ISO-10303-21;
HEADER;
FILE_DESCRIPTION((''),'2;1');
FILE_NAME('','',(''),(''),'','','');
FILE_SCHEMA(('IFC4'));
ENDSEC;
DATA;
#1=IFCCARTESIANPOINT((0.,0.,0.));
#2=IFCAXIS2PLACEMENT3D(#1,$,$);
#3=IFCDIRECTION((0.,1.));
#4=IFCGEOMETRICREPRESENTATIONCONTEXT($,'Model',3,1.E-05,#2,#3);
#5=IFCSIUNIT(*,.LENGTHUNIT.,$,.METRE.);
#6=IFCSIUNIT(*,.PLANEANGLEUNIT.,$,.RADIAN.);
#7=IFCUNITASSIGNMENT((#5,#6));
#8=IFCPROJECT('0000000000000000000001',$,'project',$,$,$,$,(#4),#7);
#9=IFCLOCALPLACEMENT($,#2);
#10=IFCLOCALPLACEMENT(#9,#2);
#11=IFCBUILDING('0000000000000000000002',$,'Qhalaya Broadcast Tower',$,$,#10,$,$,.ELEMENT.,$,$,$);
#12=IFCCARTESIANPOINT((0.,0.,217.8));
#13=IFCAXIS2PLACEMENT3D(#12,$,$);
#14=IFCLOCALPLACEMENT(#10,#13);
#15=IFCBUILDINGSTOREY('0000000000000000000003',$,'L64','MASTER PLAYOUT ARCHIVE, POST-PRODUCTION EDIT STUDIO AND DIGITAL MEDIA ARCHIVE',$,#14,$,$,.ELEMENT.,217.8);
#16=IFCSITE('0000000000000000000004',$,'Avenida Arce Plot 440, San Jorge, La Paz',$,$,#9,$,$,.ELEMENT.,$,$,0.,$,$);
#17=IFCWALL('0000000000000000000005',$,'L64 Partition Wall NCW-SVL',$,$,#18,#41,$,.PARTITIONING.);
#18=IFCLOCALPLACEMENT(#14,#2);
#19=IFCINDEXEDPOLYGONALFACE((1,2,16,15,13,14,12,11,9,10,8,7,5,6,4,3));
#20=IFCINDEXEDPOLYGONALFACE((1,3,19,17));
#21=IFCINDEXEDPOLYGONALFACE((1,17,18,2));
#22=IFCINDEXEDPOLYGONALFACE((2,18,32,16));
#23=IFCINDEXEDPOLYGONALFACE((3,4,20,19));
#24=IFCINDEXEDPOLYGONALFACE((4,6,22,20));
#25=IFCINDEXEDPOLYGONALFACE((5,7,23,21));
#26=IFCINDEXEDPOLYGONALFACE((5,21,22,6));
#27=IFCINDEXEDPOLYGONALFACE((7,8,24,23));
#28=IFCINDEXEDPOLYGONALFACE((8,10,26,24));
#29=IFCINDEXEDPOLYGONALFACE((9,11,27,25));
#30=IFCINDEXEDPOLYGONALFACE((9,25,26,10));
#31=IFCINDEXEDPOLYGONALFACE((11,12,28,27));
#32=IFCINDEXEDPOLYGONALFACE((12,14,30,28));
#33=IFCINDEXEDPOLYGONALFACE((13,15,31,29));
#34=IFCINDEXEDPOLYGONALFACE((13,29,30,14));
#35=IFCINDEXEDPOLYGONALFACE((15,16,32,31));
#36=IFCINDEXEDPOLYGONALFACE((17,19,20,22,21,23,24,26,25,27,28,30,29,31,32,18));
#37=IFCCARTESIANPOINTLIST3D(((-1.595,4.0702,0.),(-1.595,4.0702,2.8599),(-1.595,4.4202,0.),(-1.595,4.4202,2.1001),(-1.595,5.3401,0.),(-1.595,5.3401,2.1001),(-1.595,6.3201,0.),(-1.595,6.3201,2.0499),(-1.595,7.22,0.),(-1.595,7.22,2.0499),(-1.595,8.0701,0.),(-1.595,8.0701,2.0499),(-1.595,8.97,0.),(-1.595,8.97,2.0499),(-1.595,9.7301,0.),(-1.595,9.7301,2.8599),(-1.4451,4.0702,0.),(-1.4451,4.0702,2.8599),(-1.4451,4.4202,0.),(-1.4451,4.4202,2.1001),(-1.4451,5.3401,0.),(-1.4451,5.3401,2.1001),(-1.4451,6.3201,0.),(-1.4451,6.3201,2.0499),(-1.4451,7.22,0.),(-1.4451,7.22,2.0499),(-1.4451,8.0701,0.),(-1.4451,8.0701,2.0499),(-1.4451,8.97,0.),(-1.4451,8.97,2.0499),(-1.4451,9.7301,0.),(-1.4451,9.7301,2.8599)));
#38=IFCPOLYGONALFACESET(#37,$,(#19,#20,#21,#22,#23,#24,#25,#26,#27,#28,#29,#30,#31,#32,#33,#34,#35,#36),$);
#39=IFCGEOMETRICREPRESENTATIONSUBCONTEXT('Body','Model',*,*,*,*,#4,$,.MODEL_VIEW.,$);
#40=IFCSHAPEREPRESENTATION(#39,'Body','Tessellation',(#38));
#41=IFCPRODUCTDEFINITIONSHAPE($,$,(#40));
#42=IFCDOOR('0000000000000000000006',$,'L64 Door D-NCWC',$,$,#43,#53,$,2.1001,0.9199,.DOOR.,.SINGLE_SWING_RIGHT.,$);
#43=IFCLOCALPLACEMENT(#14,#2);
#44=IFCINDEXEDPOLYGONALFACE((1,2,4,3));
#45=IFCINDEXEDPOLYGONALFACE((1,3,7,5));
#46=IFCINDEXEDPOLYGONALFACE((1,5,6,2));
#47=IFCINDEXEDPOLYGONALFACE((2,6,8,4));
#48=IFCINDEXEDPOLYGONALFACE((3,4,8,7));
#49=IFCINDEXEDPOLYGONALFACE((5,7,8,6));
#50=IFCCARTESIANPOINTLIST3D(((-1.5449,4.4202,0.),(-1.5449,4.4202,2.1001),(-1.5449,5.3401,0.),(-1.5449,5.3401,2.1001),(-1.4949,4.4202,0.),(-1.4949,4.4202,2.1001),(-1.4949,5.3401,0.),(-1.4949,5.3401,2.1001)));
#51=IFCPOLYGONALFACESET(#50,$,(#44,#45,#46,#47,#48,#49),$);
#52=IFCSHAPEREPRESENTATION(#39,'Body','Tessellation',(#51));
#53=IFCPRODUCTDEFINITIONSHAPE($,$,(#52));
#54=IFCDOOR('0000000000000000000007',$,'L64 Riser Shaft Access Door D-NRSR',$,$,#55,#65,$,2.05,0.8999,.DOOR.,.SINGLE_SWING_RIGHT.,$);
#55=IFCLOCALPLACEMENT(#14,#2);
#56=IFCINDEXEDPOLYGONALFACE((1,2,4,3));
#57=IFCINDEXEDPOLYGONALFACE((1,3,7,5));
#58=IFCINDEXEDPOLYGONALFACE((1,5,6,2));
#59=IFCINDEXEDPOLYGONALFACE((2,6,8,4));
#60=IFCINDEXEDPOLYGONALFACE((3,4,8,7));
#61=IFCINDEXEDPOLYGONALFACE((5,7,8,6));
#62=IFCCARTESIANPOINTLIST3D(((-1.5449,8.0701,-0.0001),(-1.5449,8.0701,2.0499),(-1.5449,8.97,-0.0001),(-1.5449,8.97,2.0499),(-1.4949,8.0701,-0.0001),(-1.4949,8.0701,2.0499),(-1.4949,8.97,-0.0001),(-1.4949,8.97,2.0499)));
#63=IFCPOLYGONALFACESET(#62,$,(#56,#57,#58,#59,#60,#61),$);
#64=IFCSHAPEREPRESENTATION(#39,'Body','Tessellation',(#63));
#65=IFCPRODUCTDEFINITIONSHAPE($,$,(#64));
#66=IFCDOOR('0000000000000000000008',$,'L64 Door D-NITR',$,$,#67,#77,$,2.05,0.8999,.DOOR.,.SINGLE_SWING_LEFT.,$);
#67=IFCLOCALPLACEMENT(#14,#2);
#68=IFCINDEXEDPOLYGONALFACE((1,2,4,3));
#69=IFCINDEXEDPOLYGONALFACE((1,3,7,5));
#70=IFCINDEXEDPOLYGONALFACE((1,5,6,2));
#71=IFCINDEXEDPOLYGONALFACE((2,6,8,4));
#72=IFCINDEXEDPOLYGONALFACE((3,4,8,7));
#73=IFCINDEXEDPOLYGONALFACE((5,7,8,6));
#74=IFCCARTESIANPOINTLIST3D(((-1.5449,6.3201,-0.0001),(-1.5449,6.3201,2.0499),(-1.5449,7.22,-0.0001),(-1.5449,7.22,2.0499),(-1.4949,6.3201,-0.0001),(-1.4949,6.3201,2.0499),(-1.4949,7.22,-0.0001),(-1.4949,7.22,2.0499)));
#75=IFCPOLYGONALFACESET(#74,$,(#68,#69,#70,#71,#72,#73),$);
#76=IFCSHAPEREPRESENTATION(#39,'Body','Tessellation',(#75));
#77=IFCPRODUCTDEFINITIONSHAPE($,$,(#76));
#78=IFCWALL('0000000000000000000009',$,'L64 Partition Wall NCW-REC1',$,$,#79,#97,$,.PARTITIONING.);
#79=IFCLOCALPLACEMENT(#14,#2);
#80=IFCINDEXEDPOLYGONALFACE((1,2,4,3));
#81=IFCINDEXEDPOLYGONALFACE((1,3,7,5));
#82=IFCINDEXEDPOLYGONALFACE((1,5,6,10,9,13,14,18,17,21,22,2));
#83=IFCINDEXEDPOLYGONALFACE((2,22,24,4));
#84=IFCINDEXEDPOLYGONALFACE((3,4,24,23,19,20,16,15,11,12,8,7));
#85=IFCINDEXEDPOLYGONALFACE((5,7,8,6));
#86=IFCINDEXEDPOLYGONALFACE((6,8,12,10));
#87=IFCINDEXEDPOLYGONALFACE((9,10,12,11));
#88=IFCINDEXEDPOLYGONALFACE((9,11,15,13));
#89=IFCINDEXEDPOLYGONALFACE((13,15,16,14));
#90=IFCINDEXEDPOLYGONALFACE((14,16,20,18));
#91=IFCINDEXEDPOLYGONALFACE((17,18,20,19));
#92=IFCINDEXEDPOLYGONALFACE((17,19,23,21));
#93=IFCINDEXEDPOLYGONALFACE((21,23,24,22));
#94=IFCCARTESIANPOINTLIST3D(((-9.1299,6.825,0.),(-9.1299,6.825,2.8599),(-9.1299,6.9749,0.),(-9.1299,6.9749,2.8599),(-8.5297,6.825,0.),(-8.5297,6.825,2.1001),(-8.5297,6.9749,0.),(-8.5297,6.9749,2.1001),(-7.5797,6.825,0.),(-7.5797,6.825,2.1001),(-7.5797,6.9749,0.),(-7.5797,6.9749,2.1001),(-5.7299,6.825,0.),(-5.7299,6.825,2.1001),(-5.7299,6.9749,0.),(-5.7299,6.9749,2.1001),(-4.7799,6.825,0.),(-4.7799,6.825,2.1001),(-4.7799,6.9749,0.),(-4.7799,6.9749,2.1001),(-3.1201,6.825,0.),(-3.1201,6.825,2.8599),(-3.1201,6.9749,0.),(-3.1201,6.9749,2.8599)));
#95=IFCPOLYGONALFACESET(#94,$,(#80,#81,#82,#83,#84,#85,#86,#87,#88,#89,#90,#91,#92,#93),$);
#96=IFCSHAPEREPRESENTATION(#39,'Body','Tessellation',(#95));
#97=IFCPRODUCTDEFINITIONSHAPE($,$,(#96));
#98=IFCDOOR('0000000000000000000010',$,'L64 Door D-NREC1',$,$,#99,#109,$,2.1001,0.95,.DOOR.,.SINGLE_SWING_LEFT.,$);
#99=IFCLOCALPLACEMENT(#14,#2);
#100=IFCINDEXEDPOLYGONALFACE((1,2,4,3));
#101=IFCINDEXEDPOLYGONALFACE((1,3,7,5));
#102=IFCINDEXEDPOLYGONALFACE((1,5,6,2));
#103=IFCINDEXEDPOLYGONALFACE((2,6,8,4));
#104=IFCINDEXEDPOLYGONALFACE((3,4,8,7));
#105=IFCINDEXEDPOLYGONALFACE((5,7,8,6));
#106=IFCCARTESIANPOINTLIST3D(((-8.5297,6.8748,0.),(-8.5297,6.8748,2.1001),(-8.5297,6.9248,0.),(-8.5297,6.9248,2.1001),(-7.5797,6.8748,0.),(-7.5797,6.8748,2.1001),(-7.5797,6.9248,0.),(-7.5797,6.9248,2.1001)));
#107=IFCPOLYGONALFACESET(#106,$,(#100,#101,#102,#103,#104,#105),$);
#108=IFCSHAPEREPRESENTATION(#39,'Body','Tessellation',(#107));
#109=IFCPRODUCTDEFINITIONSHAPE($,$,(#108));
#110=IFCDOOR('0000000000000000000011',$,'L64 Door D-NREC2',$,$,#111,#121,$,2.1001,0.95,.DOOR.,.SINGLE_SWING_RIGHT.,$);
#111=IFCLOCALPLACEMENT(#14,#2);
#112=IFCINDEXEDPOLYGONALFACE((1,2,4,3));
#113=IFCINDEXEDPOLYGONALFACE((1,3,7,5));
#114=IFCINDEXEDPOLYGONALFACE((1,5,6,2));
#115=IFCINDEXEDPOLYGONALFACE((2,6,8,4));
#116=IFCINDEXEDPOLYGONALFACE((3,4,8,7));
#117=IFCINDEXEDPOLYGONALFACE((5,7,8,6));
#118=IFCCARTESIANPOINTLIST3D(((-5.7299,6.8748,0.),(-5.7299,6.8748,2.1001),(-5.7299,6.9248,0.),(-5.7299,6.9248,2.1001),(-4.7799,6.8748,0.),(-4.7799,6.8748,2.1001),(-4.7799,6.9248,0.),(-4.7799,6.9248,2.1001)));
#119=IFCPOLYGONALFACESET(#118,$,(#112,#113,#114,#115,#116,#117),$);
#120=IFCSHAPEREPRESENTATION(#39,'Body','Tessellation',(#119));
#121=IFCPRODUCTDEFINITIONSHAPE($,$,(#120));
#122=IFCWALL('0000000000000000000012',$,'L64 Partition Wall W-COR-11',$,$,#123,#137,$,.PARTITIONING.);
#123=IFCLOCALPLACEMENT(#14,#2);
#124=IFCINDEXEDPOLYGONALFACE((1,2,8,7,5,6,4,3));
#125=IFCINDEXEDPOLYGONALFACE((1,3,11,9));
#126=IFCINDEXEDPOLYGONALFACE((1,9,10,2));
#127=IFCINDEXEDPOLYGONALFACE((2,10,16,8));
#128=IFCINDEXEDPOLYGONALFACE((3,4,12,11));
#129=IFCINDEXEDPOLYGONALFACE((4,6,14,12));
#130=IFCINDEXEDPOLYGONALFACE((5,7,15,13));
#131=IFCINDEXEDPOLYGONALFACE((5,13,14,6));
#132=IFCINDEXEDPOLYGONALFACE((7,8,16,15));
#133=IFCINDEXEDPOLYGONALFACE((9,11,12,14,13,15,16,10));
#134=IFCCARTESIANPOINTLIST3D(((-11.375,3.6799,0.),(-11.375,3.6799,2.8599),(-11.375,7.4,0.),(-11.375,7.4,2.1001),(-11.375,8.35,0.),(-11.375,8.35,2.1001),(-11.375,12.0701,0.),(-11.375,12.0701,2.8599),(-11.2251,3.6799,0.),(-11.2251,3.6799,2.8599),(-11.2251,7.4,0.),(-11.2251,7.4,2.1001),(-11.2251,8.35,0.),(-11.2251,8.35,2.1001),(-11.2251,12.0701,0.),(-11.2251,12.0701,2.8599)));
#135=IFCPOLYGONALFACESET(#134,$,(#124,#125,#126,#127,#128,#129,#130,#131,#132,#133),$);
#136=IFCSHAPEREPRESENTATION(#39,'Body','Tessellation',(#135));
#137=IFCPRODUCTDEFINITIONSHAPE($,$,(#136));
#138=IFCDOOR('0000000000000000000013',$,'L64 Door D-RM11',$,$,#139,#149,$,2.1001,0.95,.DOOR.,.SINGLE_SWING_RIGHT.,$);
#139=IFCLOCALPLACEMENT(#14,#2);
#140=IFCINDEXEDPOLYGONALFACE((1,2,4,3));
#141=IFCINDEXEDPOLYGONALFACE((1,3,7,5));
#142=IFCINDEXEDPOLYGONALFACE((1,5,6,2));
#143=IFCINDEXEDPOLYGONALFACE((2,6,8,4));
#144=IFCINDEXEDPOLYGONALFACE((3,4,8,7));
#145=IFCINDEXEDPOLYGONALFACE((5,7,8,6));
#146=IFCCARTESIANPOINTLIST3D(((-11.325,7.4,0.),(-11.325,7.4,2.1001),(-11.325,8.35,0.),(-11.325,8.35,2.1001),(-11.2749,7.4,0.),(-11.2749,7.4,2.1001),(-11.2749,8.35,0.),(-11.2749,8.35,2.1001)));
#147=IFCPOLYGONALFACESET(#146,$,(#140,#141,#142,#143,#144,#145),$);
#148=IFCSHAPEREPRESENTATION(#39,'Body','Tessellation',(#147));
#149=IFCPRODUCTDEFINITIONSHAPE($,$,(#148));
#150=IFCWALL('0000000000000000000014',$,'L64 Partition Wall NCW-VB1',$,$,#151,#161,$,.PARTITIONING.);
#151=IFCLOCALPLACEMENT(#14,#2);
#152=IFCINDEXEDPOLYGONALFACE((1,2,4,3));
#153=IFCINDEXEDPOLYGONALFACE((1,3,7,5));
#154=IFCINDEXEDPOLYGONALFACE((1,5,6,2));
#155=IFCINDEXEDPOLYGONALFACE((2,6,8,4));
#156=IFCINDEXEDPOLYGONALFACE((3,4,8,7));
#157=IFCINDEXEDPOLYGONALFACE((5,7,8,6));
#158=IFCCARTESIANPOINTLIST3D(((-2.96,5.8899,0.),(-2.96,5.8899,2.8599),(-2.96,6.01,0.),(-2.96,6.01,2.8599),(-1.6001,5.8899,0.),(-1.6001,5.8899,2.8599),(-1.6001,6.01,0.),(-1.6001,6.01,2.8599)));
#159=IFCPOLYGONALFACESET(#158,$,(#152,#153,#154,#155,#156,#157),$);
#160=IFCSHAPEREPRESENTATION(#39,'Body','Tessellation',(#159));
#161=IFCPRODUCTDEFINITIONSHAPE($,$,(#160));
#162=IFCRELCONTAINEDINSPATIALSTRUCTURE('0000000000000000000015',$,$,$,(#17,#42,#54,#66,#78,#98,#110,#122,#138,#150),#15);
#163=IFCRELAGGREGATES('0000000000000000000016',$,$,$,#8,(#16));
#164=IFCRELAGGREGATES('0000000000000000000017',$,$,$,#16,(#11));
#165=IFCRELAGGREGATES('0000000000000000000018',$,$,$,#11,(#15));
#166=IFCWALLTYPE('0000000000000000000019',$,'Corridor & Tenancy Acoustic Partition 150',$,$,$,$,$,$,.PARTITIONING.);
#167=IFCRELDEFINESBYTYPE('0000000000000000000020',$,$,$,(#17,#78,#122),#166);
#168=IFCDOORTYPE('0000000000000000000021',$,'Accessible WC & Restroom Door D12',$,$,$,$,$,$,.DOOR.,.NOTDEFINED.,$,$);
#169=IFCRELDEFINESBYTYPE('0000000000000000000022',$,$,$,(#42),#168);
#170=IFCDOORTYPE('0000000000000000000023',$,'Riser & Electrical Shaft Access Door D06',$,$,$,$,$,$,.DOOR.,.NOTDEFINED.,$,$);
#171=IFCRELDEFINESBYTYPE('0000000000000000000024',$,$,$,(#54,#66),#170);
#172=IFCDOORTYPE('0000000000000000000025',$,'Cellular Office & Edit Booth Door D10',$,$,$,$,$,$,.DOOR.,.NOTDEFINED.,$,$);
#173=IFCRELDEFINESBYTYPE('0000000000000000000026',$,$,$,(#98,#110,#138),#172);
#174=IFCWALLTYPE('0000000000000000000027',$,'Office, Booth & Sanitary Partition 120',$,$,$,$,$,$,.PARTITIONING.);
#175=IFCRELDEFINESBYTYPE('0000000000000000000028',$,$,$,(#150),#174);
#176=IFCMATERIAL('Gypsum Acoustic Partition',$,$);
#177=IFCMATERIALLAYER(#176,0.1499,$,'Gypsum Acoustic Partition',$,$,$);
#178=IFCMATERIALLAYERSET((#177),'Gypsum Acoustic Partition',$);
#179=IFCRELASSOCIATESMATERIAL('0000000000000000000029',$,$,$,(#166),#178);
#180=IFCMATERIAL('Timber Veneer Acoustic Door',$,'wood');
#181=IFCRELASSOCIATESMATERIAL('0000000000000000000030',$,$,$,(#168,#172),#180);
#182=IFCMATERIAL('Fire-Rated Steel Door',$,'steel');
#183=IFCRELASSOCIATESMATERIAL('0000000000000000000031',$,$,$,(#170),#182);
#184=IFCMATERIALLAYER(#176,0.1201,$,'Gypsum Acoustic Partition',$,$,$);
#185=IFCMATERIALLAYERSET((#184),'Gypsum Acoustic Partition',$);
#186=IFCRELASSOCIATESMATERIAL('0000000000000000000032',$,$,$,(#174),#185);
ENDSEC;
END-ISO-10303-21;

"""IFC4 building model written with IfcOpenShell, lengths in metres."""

from ifc_helpers import new_model, si_unit, direction, frame, frame_2d, origin, place, context, subcontext, project, spatial, rectangle, extrude, material, layer, layer_set, type_object, element, fill, save


model = new_model("IFC4")

# Units and contexts
model_context = context("Model", 3, precision=1e-05, world=origin(), true_north=direction((0.0, 1.0)))
body_context = subcontext(model_context, "Body", "Model", "MODEL_VIEW")
ifc_project = project(units=[si_unit("LENGTHUNIT", "METRE"), si_unit("PLANEANGLEUNIT", "RADIAN")], contexts=[model_context])

# Site, building, storey
site_placement = place(None, origin())
site = spatial("IfcSite", under=ifc_project, at=site_placement, Name="Avenida Arce Plot 440, San Jorge, La Paz", CompositionType="ELEMENT", RefElevation=0.0)
building_placement = place(site_placement, origin())
building = spatial("IfcBuilding", under=site, at=building_placement, Name="Qhalaya Broadcast Tower", CompositionType="ELEMENT")
storey_placement = place(building_placement, frame((0.0, 0.0, 217.8)))
storey = spatial("IfcBuildingStorey", under=building, at=storey_placement, Name="L64", Description="MASTER PLAYOUT ARCHIVE, POST-PRODUCTION EDIT STUDIO AND DIGITAL MEDIA ARCHIVE", CompositionType="ELEMENT", Elevation=217.8)

# Walls, openings, doors
ifc_material_1 = material(Name="Gypsum Acoustic Partition")
ifc_layer_1 = layer(ifc_material_1, 0.1499, Name="Gypsum Acoustic Partition")
ifc_layer_set_1 = layer_set([ifc_layer_1], Name="Gypsum Acoustic Partition")
wall_type_1 = type_object("IfcWallType", Name="Corridor & Tenancy Acoustic Partition 150", PredefinedType="PARTITIONING", material=ifc_layer_set_1)
wall_1_placement = place(storey_placement, frame((-1.52, 4.0701, 0.0), z_axis=(0.0, 0.0, 1.0), x_axis=(0.0, 1.0, 0.0)))
wall_1 = element("IfcWall", 1, at=wall_1_placement, inside=storey, type_object=wall_type_1, Name="L64 Partition Wall NCW-SVL", PredefinedType="PARTITIONING", context=body_context, shape_type="SweptSolid", body=[
    extrude(rectangle(XDim=5.6599, YDim=0.1499, at=frame_2d((2.8301, 0.0))), origin(), (0.0, 0.0, 1.0), 2.8599),
])
opening_1_placement = place(wall_1_placement, frame((4.0, 0.0, 0.0)))
opening_1 = element("IfcOpeningElement", 2, at=opening_1_placement, cuts=wall_1, PredefinedType="OPENING", context=body_context, shape_type="SweptSolid", body=[
    extrude(rectangle(XDim=0.8999, YDim=2.05, at=frame_2d((0.45, 1.0249))), frame((0.0, 0.0869, 0.0), z_axis=(0.0, -1.0, 0.0), x_axis=(1.0, 0.0, 0.0)), (0.0, 0.0, 1.0), 0.1738),
])
opening_2_placement = place(wall_1_placement, frame((2.25, 0.0, 0.0)))
opening_2 = element("IfcOpeningElement", 3, at=opening_2_placement, cuts=wall_1, PredefinedType="OPENING", context=body_context, shape_type="SweptSolid", body=[
    extrude(rectangle(XDim=0.8999, YDim=2.05, at=frame_2d((0.45, 1.0249))), frame((0.0, 0.0869, 0.0), z_axis=(0.0, -1.0, 0.0), x_axis=(1.0, 0.0, 0.0)), (0.0, 0.0, 1.0), 0.1738),
])
opening_3_placement = place(wall_1_placement, frame((0.3501, 0.0, 0.0)))
opening_3 = element("IfcOpeningElement", 4, at=opening_3_placement, cuts=wall_1, PredefinedType="OPENING", context=body_context, shape_type="SweptSolid", body=[
    extrude(rectangle(XDim=0.9199, YDim=2.1001, at=frame_2d((0.46, 1.05))), frame((0.0, 0.0869, 0.0), z_axis=(0.0, -1.0, 0.0), x_axis=(1.0, 0.0, 0.0)), (0.0, 0.0, 1.0), 0.1738),
])
ifc_material_2 = material(Name="Timber Veneer Acoustic Door", Category="wood")
door_type_1 = type_object("IfcDoorType", Name="Accessible WC & Restroom Door D12", OperationType="NOTDEFINED", PredefinedType="DOOR", material=ifc_material_2)
door_1_placement = place(opening_3_placement, origin())
door_1 = element("IfcDoor", 5, at=door_1_placement, inside=storey, type_object=door_type_1, Name="L64 Door D-NCWC", OperationType="SINGLE_SWING_RIGHT", OverallHeight=2.1001, OverallWidth=0.9199, PredefinedType="DOOR", context=body_context, shape_type="SweptSolid", body=[
    extrude(rectangle(XDim=0.9199, YDim=2.1001, at=frame_2d((0.46, 1.05))), frame((0.0, 0.0249, 0.0), z_axis=(0.0, -1.0, 0.0), x_axis=(1.0, 0.0, 0.0)), (0.0, 0.0, 1.0), 0.05),
])
fill(opening_3, door_1)
ifc_material_3 = material(Name="Fire-Rated Steel Door", Category="steel")
door_type_2 = type_object("IfcDoorType", Name="Riser & Electrical Shaft Access Door D06", OperationType="NOTDEFINED", PredefinedType="DOOR", material=ifc_material_3)
door_2_placement = place(opening_1_placement, origin())
door_2 = element("IfcDoor", 6, at=door_2_placement, inside=storey, type_object=door_type_2, Name="L64 Riser Shaft Access Door D-NRSR", OperationType="SINGLE_SWING_RIGHT", OverallHeight=2.05, OverallWidth=0.8999, PredefinedType="DOOR", context=body_context, shape_type="SweptSolid", body=[
    extrude(rectangle(XDim=0.8999, YDim=2.05, at=frame_2d((0.45, 1.0249))), frame((0.0, 0.0249, 0.0), z_axis=(0.0, -1.0, 0.0), x_axis=(1.0, 0.0, 0.0)), (0.0, 0.0, 1.0), 0.05),
])
fill(opening_1, door_2)
door_3_placement = place(opening_2_placement, origin())
door_3 = element("IfcDoor", 7, at=door_3_placement, inside=storey, type_object=door_type_2, Name="L64 Door D-NITR", OperationType="SINGLE_SWING_LEFT", OverallHeight=2.05, OverallWidth=0.8999, PredefinedType="DOOR", context=body_context, shape_type="SweptSolid", body=[
    extrude(rectangle(XDim=0.8999, YDim=2.05, at=frame_2d((0.45, 1.0249))), frame((0.0, 0.0249, 0.0), z_axis=(0.0, -1.0, 0.0), x_axis=(1.0, 0.0, 0.0)), (0.0, 0.0, 1.0), 0.05),
])
fill(opening_2, door_3)
wall_2_placement = place(storey_placement, frame((-9.1299, 6.8999, 0.0), z_axis=(0.0, 0.0, 1.0), x_axis=(1.0, 0.0, 0.0)))
wall_2 = element("IfcWall", 8, at=wall_2_placement, inside=storey, type_object=wall_type_1, Name="L64 Partition Wall NCW-REC1", PredefinedType="PARTITIONING", context=body_context, shape_type="SweptSolid", body=[
    extrude(rectangle(XDim=6.0098, YDim=0.1499, at=frame_2d((3.0049, 0.0))), origin(), (0.0, 0.0, 1.0), 2.8599),
])
opening_4_placement = place(wall_2_placement, frame((0.6001, 0.0, 0.0)))
opening_4 = element("IfcOpeningElement", 9, at=opening_4_placement, cuts=wall_2, PredefinedType="OPENING", context=body_context, shape_type="SweptSolid", body=[
    extrude(rectangle(XDim=0.95, YDim=2.1001, at=frame_2d((0.4751, 1.05))), frame((0.0, 0.0869, 0.0), z_axis=(0.0, -1.0, 0.0), x_axis=(1.0, 0.0, 0.0)), (0.0, 0.0, 1.0), 0.1738),
])
opening_5_placement = place(wall_2_placement, frame((3.3999, 0.0, 0.0)))
opening_5 = element("IfcOpeningElement", 10, at=opening_5_placement, cuts=wall_2, PredefinedType="OPENING", context=body_context, shape_type="SweptSolid", body=[
    extrude(rectangle(XDim=0.95, YDim=2.1001, at=frame_2d((0.4751, 1.05))), frame((0.0, 0.0869, 0.0), z_axis=(0.0, -1.0, 0.0), x_axis=(1.0, 0.0, 0.0)), (0.0, 0.0, 1.0), 0.1738),
])
door_type_3 = type_object("IfcDoorType", Name="Cellular Office & Edit Booth Door D10", OperationType="NOTDEFINED", PredefinedType="DOOR", material=ifc_material_2)
door_4_placement = place(opening_4_placement, origin())
door_4 = element("IfcDoor", 11, at=door_4_placement, inside=storey, type_object=door_type_3, Name="L64 Door D-NREC1", OperationType="SINGLE_SWING_LEFT", OverallHeight=2.1001, OverallWidth=0.95, PredefinedType="DOOR", context=body_context, shape_type="SweptSolid", body=[
    extrude(rectangle(XDim=0.95, YDim=2.1001, at=frame_2d((0.4751, 1.05))), frame((0.0, 0.0249, 0.0), z_axis=(0.0, -1.0, 0.0), x_axis=(1.0, 0.0, 0.0)), (0.0, 0.0, 1.0), 0.05),
])
fill(opening_4, door_4)
door_5_placement = place(opening_5_placement, origin())
door_5 = element("IfcDoor", 12, at=door_5_placement, inside=storey, type_object=door_type_3, Name="L64 Door D-NREC2", OperationType="SINGLE_SWING_RIGHT", OverallHeight=2.1001, OverallWidth=0.95, PredefinedType="DOOR", context=body_context, shape_type="SweptSolid", body=[
    extrude(rectangle(XDim=0.95, YDim=2.1001, at=frame_2d((0.4751, 1.05))), frame((0.0, 0.0249, 0.0), z_axis=(0.0, -1.0, 0.0), x_axis=(1.0, 0.0, 0.0)), (0.0, 0.0, 1.0), 0.05),
])
fill(opening_5, door_5)

# Wall, opening, door
wall_3_placement = place(storey_placement, frame((-11.3, 3.6799, 0.0), z_axis=(0.0, 0.0, 1.0), x_axis=(0.0, 1.0, 0.0)))
wall_3 = element("IfcWall", 13, at=wall_3_placement, inside=storey, type_object=wall_type_1, Name="L64 Partition Wall W-COR-11", PredefinedType="PARTITIONING", context=body_context, shape_type="SweptSolid", body=[
    extrude(rectangle(XDim=8.3901, YDim=0.1499, at=frame_2d((4.1951, 0.0))), origin(), (0.0, 0.0, 1.0), 2.8599),
])
opening_6_placement = place(wall_3_placement, frame((3.72, 0.0, 0.0)))
opening_6 = element("IfcOpeningElement", 14, at=opening_6_placement, cuts=wall_3, PredefinedType="OPENING", context=body_context, shape_type="SweptSolid", body=[
    extrude(rectangle(XDim=0.95, YDim=2.1001, at=frame_2d((0.4751, 1.05))), frame((0.0, 0.0869, 0.0), z_axis=(0.0, -1.0, 0.0), x_axis=(1.0, 0.0, 0.0)), (0.0, 0.0, 1.0), 0.1738),
])
door_6_placement = place(opening_6_placement, origin())
door_6 = element("IfcDoor", 15, at=door_6_placement, inside=storey, type_object=door_type_3, Name="L64 Door D-RM11", OperationType="SINGLE_SWING_RIGHT", OverallHeight=2.1001, OverallWidth=0.95, PredefinedType="DOOR", context=body_context, shape_type="SweptSolid", body=[
    extrude(rectangle(XDim=0.95, YDim=2.1001, at=frame_2d((0.4751, 1.05))), frame((0.0, 0.0249, 0.0), z_axis=(0.0, -1.0, 0.0), x_axis=(1.0, 0.0, 0.0)), (0.0, 0.0, 1.0), 0.05),
])
fill(opening_6, door_6)

# Wall
ifc_layer_2 = layer(ifc_material_1, 0.1201, Name="Gypsum Acoustic Partition")
ifc_layer_set_2 = layer_set([ifc_layer_2], Name="Gypsum Acoustic Partition")
wall_type_2 = type_object("IfcWallType", Name="Office, Booth & Sanitary Partition 120", PredefinedType="PARTITIONING", material=ifc_layer_set_2)
for number, where, z_axis, x_axis, name in (
    (16, (-2.96, 5.95, 0.0), (0.0, 0.0, 1.0), (1.0, 0.0, 0.0), "L64 Partition Wall NCW-VB1"),
):
    element("IfcWall", number, at=place(storey_placement, frame(where, z_axis=z_axis, x_axis=x_axis)), inside=storey, type_object=wall_type_2, Name=name, PredefinedType="PARTITIONING", context=body_context, shape_type="SweptSolid", body=[
        extrude(rectangle(XDim=1.3599, YDim=0.1201, at=frame_2d((0.6799, 0.0))), origin(), (0.0, 0.0, 1.0), 2.8599),
    ])

save(model, "model.ifc")
